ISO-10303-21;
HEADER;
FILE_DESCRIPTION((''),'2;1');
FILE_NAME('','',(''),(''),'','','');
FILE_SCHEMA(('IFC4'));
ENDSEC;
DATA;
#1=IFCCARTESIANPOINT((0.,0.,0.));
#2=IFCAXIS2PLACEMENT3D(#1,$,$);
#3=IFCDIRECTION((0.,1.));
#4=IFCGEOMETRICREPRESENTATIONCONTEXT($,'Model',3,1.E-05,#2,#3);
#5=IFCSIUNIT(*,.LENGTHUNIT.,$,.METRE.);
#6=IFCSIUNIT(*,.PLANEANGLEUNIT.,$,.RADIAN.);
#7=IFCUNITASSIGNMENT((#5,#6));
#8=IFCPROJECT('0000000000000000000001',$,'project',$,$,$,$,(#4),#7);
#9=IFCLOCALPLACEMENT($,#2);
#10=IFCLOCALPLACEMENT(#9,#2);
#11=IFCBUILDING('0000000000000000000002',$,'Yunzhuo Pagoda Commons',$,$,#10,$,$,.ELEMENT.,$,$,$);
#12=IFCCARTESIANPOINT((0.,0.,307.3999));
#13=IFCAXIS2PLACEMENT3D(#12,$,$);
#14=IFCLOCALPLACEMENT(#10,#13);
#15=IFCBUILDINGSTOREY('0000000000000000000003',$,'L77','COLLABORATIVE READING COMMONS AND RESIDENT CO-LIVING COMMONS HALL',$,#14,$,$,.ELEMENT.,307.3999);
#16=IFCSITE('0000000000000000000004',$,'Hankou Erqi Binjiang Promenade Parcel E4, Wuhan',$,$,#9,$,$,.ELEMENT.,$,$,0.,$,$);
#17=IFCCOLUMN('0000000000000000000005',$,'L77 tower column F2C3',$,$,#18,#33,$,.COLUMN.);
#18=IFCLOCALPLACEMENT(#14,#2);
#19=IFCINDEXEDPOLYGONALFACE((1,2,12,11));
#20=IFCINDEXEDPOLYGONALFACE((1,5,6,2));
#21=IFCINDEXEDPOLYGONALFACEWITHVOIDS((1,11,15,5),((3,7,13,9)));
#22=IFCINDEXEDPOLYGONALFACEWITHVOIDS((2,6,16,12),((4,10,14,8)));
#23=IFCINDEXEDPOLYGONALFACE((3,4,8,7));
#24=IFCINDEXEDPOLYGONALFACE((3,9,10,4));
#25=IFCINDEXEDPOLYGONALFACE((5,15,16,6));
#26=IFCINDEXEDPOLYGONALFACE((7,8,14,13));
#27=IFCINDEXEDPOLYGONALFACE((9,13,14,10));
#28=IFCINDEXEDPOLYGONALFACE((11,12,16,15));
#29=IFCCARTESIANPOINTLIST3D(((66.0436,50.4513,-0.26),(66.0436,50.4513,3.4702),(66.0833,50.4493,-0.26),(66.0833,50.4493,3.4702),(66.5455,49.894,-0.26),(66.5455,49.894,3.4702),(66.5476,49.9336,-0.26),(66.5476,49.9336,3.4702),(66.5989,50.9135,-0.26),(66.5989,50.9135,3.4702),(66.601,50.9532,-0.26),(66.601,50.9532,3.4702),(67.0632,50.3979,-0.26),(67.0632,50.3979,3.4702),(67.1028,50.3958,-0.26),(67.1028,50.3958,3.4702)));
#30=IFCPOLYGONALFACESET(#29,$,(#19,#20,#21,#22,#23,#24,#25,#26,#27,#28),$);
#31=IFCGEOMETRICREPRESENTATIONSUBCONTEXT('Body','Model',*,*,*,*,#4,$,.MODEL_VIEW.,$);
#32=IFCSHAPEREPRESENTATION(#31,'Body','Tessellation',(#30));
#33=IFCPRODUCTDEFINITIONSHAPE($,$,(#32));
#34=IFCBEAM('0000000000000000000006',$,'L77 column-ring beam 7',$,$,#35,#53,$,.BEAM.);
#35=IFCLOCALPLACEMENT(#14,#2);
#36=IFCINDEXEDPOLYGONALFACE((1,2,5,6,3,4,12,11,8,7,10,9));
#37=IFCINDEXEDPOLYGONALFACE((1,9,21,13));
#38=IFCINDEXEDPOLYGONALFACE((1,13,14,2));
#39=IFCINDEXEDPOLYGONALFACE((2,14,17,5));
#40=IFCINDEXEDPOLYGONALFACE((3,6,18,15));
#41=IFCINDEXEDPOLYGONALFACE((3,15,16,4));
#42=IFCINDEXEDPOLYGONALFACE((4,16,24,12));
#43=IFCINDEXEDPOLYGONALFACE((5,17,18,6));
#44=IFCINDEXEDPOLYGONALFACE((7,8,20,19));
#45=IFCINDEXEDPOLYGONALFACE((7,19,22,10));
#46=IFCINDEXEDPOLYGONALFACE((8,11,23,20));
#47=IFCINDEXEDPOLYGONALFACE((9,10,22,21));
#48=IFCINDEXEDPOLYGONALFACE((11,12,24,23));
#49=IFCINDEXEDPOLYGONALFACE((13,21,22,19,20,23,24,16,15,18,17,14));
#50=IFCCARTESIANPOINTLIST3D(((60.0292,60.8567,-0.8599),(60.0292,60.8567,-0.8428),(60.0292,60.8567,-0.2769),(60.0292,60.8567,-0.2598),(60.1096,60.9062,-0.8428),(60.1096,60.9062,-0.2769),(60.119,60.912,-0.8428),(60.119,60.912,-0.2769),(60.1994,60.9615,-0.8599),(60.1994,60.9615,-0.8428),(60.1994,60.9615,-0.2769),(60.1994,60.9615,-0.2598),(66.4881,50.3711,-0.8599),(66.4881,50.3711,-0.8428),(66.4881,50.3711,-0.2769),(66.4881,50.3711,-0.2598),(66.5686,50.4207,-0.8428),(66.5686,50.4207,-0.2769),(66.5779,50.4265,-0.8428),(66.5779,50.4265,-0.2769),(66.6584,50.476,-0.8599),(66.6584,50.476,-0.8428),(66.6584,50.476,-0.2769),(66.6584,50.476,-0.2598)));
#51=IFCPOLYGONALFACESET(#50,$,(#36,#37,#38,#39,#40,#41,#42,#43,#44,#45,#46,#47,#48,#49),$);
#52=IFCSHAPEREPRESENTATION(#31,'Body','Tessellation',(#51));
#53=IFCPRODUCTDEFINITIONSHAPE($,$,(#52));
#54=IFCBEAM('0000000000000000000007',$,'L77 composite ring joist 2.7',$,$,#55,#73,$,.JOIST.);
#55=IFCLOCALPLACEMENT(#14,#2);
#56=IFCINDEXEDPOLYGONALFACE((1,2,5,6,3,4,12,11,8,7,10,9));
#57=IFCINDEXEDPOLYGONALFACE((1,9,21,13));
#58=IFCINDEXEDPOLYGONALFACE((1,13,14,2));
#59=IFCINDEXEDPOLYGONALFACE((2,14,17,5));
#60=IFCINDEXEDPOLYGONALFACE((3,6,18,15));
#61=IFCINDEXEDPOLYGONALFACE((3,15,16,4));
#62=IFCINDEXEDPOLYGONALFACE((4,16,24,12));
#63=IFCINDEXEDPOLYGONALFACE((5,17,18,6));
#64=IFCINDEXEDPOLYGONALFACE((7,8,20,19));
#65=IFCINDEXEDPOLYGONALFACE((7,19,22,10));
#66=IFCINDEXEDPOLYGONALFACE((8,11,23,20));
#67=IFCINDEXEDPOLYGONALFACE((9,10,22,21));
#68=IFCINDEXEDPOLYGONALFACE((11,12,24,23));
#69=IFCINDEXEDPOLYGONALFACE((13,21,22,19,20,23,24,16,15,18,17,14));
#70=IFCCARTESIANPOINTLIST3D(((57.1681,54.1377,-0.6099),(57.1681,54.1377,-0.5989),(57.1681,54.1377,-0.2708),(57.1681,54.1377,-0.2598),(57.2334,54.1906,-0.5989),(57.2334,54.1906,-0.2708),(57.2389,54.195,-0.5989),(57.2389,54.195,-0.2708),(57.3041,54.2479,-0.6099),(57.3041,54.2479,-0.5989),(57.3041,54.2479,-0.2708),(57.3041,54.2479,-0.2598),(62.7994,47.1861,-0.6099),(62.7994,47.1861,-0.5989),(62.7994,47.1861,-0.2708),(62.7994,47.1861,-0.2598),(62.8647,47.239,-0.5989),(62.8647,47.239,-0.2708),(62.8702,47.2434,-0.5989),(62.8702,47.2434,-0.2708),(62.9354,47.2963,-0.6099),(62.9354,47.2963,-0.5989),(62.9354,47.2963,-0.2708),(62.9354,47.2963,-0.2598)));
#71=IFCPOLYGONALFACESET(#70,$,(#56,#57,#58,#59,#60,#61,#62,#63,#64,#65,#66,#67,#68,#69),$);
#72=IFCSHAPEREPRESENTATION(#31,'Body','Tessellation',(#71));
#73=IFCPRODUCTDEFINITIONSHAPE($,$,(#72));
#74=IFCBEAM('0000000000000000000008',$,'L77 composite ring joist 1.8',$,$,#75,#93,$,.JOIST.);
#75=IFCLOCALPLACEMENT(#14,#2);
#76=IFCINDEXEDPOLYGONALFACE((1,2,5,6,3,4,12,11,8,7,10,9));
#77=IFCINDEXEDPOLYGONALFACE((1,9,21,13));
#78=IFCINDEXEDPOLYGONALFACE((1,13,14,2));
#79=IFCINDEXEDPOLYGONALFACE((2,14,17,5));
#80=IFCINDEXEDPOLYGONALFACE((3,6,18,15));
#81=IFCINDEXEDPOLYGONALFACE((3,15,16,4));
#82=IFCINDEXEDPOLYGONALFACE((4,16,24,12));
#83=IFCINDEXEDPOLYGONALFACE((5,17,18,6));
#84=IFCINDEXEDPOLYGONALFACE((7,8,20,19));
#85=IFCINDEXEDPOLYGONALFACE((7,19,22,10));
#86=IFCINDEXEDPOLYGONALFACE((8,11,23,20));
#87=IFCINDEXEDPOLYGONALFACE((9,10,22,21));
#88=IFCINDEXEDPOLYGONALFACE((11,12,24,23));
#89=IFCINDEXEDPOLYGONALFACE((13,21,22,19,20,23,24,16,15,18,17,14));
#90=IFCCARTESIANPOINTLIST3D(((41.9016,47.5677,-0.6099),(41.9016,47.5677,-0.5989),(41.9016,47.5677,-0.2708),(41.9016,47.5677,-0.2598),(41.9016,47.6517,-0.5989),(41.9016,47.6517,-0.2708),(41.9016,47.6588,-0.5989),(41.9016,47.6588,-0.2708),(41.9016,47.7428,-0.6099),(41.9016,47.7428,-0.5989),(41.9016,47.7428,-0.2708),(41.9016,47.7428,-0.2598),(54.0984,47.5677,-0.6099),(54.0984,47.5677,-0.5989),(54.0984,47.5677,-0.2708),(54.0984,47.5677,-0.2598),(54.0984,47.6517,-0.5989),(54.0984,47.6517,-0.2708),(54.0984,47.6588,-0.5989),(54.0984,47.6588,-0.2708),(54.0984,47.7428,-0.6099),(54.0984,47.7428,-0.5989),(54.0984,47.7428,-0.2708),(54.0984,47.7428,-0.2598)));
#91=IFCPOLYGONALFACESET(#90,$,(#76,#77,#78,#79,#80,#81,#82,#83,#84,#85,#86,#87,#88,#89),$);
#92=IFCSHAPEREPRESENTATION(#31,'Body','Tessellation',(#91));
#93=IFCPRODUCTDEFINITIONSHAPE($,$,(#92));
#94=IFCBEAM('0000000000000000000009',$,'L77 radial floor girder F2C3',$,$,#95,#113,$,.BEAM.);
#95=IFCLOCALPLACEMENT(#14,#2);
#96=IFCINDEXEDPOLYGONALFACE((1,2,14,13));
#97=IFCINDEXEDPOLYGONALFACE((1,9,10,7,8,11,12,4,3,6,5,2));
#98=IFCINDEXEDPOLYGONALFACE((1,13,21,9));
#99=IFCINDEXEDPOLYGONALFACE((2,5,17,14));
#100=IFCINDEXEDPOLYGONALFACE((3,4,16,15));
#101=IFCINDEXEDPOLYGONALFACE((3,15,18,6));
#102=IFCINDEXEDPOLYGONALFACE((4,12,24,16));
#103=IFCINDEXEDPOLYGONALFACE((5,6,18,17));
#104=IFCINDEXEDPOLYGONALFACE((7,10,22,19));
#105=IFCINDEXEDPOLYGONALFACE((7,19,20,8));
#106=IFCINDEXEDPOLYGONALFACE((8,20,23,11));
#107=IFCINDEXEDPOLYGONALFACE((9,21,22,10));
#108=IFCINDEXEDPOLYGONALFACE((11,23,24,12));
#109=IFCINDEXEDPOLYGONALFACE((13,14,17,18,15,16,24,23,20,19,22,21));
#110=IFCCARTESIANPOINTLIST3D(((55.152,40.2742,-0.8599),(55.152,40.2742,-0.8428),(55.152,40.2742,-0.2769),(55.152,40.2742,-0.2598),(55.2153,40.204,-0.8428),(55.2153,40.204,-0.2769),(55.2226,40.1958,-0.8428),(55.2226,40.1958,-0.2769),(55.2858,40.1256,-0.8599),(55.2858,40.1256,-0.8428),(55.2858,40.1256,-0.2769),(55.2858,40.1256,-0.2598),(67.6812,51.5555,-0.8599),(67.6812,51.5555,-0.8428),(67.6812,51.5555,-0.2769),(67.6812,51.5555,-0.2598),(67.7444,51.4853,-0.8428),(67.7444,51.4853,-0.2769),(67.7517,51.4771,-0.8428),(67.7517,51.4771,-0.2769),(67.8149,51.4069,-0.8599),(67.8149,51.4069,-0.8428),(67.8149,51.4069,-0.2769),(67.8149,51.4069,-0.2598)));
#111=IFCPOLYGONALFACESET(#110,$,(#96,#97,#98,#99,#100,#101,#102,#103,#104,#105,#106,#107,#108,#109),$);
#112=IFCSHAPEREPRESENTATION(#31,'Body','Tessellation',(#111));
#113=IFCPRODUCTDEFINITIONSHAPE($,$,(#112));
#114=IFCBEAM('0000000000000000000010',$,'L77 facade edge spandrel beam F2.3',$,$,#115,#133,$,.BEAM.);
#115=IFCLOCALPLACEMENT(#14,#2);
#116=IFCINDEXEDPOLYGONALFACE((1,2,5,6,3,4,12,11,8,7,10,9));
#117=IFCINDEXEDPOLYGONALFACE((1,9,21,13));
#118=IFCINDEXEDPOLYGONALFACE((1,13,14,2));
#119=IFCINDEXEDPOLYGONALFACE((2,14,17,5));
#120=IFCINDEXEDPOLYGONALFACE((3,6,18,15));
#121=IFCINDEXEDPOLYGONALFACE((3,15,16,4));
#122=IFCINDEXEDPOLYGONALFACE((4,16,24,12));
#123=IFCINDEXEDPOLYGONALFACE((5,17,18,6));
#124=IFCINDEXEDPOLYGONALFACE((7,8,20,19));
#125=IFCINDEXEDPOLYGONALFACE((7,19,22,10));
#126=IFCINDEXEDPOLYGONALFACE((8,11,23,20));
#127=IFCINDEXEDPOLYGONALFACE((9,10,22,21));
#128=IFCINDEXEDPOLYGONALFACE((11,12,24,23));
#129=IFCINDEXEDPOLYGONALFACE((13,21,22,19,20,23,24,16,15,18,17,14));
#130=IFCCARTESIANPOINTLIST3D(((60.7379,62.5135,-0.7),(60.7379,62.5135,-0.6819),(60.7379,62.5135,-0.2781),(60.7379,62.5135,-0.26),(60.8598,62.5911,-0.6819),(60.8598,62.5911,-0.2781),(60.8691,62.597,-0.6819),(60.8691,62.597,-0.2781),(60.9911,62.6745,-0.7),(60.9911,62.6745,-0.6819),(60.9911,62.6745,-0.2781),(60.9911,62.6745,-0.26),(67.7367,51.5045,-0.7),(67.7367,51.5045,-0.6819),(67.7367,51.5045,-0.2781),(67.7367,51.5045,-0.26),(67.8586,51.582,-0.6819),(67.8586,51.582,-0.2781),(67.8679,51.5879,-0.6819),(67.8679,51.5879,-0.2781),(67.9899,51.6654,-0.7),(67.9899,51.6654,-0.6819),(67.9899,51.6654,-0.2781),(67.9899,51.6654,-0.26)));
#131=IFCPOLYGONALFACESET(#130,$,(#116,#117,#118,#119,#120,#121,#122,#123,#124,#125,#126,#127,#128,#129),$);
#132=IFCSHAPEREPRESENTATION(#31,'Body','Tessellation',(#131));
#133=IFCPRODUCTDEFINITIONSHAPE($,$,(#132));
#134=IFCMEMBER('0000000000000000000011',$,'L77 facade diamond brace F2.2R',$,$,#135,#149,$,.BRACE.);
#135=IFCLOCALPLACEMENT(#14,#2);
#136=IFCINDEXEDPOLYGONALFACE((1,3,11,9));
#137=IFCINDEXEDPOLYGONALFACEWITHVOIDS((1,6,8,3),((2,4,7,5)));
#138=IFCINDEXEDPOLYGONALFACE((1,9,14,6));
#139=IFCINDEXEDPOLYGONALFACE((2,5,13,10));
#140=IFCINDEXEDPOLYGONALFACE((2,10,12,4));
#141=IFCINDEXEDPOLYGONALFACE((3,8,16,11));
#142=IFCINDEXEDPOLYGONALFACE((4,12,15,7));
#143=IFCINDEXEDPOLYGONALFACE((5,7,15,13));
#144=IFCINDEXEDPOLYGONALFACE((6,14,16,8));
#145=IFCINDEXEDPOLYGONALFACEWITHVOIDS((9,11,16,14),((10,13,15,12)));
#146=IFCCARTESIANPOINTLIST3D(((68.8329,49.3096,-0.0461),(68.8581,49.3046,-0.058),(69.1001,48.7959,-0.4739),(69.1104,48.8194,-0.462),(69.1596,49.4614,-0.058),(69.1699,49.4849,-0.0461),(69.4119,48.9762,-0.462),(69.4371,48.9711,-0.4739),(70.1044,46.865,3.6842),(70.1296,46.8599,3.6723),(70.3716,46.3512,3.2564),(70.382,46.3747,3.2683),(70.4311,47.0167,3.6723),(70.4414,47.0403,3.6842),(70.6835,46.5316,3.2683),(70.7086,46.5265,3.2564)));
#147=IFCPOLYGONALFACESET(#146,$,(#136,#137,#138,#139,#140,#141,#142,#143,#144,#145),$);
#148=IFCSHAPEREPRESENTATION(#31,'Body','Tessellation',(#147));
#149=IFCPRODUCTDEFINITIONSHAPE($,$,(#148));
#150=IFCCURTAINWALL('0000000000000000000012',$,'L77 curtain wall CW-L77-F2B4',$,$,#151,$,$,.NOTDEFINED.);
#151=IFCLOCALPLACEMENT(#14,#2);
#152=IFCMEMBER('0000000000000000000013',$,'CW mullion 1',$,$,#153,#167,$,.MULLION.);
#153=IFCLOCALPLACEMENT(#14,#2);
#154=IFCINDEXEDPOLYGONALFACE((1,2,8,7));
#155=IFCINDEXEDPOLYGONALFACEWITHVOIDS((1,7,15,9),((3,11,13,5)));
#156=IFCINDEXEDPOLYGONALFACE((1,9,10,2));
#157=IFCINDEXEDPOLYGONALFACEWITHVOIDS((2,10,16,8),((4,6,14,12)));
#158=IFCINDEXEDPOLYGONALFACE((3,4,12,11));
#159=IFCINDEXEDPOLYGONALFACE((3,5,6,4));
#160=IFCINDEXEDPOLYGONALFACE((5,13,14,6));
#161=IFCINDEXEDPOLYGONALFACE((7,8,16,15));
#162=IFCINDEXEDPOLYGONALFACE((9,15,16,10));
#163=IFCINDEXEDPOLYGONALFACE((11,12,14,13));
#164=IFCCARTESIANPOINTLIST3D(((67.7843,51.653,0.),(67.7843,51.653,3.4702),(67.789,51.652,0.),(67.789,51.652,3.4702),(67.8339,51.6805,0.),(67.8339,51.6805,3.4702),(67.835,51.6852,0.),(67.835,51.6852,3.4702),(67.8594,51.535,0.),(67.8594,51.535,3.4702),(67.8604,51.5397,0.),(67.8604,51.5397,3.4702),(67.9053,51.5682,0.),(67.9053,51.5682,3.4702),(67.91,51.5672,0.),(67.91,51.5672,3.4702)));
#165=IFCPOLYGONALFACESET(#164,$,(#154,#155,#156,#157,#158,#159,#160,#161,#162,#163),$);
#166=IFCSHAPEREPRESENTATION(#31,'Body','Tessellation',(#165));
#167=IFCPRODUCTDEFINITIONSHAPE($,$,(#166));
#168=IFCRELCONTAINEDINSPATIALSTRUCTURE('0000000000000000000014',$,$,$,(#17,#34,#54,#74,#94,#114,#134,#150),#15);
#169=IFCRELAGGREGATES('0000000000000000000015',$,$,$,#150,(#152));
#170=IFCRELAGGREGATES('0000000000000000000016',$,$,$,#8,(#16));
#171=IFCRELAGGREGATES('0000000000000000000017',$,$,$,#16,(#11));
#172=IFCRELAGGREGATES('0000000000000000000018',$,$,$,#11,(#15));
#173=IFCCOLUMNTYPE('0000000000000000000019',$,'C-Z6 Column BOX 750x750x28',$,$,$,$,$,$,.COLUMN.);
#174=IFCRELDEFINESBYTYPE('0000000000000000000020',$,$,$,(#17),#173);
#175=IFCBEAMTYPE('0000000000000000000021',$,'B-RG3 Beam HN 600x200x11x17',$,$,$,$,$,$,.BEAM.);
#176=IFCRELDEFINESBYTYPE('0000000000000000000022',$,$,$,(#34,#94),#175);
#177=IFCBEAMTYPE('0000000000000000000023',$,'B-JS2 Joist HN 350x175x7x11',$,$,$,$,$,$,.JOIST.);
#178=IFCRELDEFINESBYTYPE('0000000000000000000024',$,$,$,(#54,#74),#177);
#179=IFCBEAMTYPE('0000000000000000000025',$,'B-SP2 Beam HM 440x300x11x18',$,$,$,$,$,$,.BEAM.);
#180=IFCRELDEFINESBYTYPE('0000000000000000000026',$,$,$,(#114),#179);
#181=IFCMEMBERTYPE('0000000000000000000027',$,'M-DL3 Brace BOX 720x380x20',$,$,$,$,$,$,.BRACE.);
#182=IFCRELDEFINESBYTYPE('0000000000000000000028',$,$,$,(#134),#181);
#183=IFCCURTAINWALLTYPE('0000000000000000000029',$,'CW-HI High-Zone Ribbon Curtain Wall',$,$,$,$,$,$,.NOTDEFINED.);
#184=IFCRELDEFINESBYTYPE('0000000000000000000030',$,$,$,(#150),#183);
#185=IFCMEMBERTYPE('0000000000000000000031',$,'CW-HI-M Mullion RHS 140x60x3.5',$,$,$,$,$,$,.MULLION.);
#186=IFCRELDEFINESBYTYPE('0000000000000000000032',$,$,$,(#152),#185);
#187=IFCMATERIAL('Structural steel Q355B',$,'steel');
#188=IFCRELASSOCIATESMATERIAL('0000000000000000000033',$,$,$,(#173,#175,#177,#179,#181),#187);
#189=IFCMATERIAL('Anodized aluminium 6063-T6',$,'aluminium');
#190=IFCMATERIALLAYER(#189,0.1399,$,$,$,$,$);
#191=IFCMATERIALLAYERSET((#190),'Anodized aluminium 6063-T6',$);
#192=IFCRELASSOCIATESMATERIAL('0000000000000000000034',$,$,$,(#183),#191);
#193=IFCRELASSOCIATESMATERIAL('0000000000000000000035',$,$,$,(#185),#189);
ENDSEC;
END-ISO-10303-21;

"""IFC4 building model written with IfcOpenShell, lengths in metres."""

from ifc_helpers import new_model, si_unit, direction, frame, origin, origin_2d, place, context, subcontext, project, spatial, hollow_rectangle, i_section, extrude, source, transform, mapped, material, layer, layer_set, material_profile, profile_set, type_object, element, aggregate, save


model = new_model("IFC4")

# Units and contexts
model_context = context("Model", 3, precision=1e-05, world=origin(), true_north=direction((0.0, 1.0)))
body_context = subcontext(model_context, "Body", "Model", "MODEL_VIEW")
ifc_project = project(units=[si_unit("LENGTHUNIT", "METRE"), si_unit("PLANEANGLEUNIT", "RADIAN")], contexts=[model_context])

# Site, building, storey
site_placement = place(None, origin())
site = spatial("IfcSite", under=ifc_project, at=site_placement, Name="Hankou Erqi Binjiang Promenade Parcel E4, Wuhan", CompositionType="ELEMENT", RefElevation=0.0)
building_placement = place(site_placement, origin())
building = spatial("IfcBuilding", under=site, at=building_placement, Name="Yunzhuo Pagoda Commons", CompositionType="ELEMENT")
storey_placement = place(building_placement, frame((0.0, 0.0, 307.3999)))
storey = spatial("IfcBuildingStorey", under=building, at=storey_placement, Name="L77", Description="COLLABORATIVE READING COMMONS AND RESIDENT CO-LIVING COMMONS HALL", CompositionType="ELEMENT", Elevation=307.3999)

# Column
ifc_material_1 = material(Name="Structural steel Q355B", Category="steel")
ifc_material_profile_1 = material_profile(ifc_material_1, hollow_rectangle(XDim=0.75, YDim=0.75, WallThickness=0.0281, at=origin_2d()), Name="Structural steel Q355B")
ifc_profile_set_1 = profile_set([ifc_material_profile_1], Name="Structural steel Q355B")
column_type = type_object("IfcColumnType", Name="C-Z6 Column BOX 750x750x28", PredefinedType="COLUMN", material=ifc_profile_set_1)
shared_shape_1 = source(origin(), body_context, "Body", "SweptSolid", [
    extrude(hollow_rectangle(XDim=0.75, YDim=0.75, WallThickness=0.0281, at=origin_2d()), origin(), (0.0, 0.0, 1.0), 3.7302),
])
column_placement = place(storey_placement, frame((66.5732, 50.4236, -0.26), z_axis=(0.0, 0.0, 1.0), x_axis=(-0.669131, 0.743145, 0.0)))
element("IfcColumn", 1, at=column_placement, inside=storey, type_object=column_type, Name="L77 tower column F2C3", PredefinedType="COLUMN", context=body_context, shape_type="MappedRepresentation", body=[
    mapped(shared_shape_1, transform((0.0, 0.0, 0.0), scale=1.0)),
])

# Beams
ifc_material_profile_2 = material_profile(ifc_material_1, i_section(OverallWidth=0.2, OverallDepth=0.6001, WebThickness=0.011, FlangeThickness=0.0171, at=origin_2d()), Name="Structural steel Q355B")
ifc_profile_set_2 = profile_set([ifc_material_profile_2], Name="Structural steel Q355B")
beam_type_1 = type_object("IfcBeamType", Name="B-RG3 Beam HN 600x200x11x17", PredefinedType="BEAM", material=ifc_profile_set_2)
shared_shape_2 = source(origin(), body_context, "Body", "SweptSolid", [
    extrude(i_section(OverallWidth=0.2, OverallDepth=0.6001, WebThickness=0.011, FlangeThickness=0.0171, at=origin_2d()), origin(), (0.0, 0.0, 1.0), 12.3152),
])
beam_1_placement = place(storey_placement, frame((66.5732, 50.4236, -0.5598), z_axis=(-0.524469, 0.85143, 0.0), x_axis=(-0.85143, -0.524469, 0.0)))
element("IfcBeam", 2, at=beam_1_placement, inside=storey, type_object=beam_type_1, Name="L77 column-ring beam 7", PredefinedType="BEAM", context=body_context, shape_type="MappedRepresentation", body=[
    mapped(shared_shape_2, transform((0.0, 0.0, 0.0), scale=1.0)),
])
ifc_material_profile_3 = material_profile(ifc_material_1, i_section(OverallWidth=0.175, OverallDepth=0.3501, WebThickness=0.0071, FlangeThickness=0.011, at=origin_2d()), Name="Structural steel Q355B")
ifc_profile_set_3 = profile_set([ifc_material_profile_3], Name="Structural steel Q355B")
beam_type_2 = type_object("IfcBeamType", Name="B-JS2 Joist HN 350x175x7x11", PredefinedType="JOIST", material=ifc_profile_set_3)
shared_shape_3 = source(origin(), body_context, "Body", "SweptSolid", [
    extrude(i_section(OverallWidth=0.175, OverallDepth=0.3501, WebThickness=0.0071, FlangeThickness=0.011, at=origin_2d()), origin(), (0.0, 0.0, 1.0), 8.9463),
])
beam_2_placement = place(storey_placement, frame((62.8674, 47.2412, -0.4348), z_axis=(-0.629456, 0.777036, 0.0), x_axis=(-0.777036, -0.629456, 0.0)))
element("IfcBeam", 3, at=beam_2_placement, inside=storey, type_object=beam_type_2, Name="L77 composite ring joist 2.7", PredefinedType="JOIST", context=body_context, shape_type="MappedRepresentation", body=[
    mapped(shared_shape_3, transform((0.0, 0.0, 0.0), scale=1.0)),
])
shared_shape_4 = source(origin(), body_context, "Body", "SweptSolid", [
    extrude(i_section(OverallWidth=0.175, OverallDepth=0.3501, WebThickness=0.0071, FlangeThickness=0.011, at=origin_2d()), origin(), (0.0, 0.0, 1.0), 12.1968),
])
beam_3_placement = place(storey_placement, frame((54.0984, 47.6553, -0.4348), z_axis=(-1.0, 0.0, 0.0), x_axis=(0.0, -1.0, 0.0)))
element("IfcBeam", 4, at=beam_3_placement, inside=storey, type_object=beam_type_2, Name="L77 composite ring joist 1.8", PredefinedType="JOIST", context=body_context, shape_type="MappedRepresentation", body=[
    mapped(shared_shape_4, transform((0.0, 0.0, 0.0), scale=1.0)),
])
shared_shape_5 = source(origin(), body_context, "Body", "SweptSolid", [
    extrude(i_section(OverallWidth=0.2, OverallDepth=0.6001, WebThickness=0.011, FlangeThickness=0.0171, at=origin_2d()), origin(), (0.0, 0.0, 1.0), 16.8596),
])
beam_4_placement = place(storey_placement, frame((67.748, 51.4812, -0.5598), z_axis=(-0.743144, -0.669132, 0.0), x_axis=(0.669132, -0.743144, 0.0)))
element("IfcBeam", 5, at=beam_4_placement, inside=storey, type_object=beam_type_1, Name="L77 radial floor girder F2C3", PredefinedType="BEAM", context=body_context, shape_type="MappedRepresentation", body=[
    mapped(shared_shape_5, transform((0.0, 0.0, 0.0), scale=1.0)),
])
ifc_material_profile_4 = material_profile(ifc_material_1, i_section(OverallWidth=0.3, OverallDepth=0.4399, WebThickness=0.011, FlangeThickness=0.0181, at=origin_2d()), Name="Structural steel Q355B")
ifc_profile_set_4 = profile_set([ifc_material_profile_4], Name="Structural steel Q355B")
beam_type_3 = type_object("IfcBeamType", Name="B-SP2 Beam HM 440x300x11x18", PredefinedType="BEAM", material=ifc_profile_set_4)
shared_shape_6 = source(origin(), body_context, "Body", "SweptSolid", [
    extrude(i_section(OverallWidth=0.3, OverallDepth=0.4399, WebThickness=0.011, FlangeThickness=0.0181, at=origin_2d()), origin(), (0.0, 0.0, 1.0), 13.0454),
])
beam_5_placement = place(storey_placement, frame((67.8633, 51.585, -0.48), z_axis=(-0.536495, 0.843903, 0.0), x_axis=(-0.843903, -0.536495, 0.0)))
element("IfcBeam", 6, at=beam_5_placement, inside=storey, type_object=beam_type_3, Name="L77 facade edge spandrel beam F2.3", PredefinedType="BEAM", context=body_context, shape_type="MappedRepresentation", body=[
    mapped(shared_shape_6, transform((0.0, 0.0, 0.0), scale=1.0)),
])

# Member
ifc_material_profile_5 = material_profile(ifc_material_1, hollow_rectangle(XDim=0.3799, YDim=0.72, WallThickness=0.02, at=origin_2d()), Name="Structural steel Q355B")
ifc_profile_set_5 = profile_set([ifc_material_profile_5], Name="Structural steel Q355B")
member_type_1 = type_object("IfcMemberType", Name="M-DL3 Brace BOX 720x380x20", PredefinedType="BRACE", material=ifc_profile_set_5)
shared_shape_7 = source(origin(), body_context, "Body", "SweptSolid", [
    extrude(hollow_rectangle(XDim=0.3799, YDim=0.72, WallThickness=0.02, at=origin_2d()), origin(), (0.0, 0.0, 1.0), 4.6377),
])
member_1_placement = place(storey_placement, frame((69.135, 49.1404, -0.26), z_axis=(0.274169, -0.527123, 0.804346), x_axis=(0.887172, 0.461439, 0.0)))
element("IfcMember", 7, at=member_1_placement, inside=storey, type_object=member_type_1, Name="L77 facade diamond brace F2.2R", PredefinedType="BRACE", context=body_context, shape_type="MappedRepresentation", body=[
    mapped(shared_shape_7, transform((0.0, 0.0, 0.0), scale=1.0)),
])

# Curtain wall, member
ifc_material_2 = material(Name="Anodized aluminium 6063-T6", Category="aluminium")
ifc_layer_1 = layer(ifc_material_2, 0.1399)
ifc_layer_set_1 = layer_set([ifc_layer_1], Name="Anodized aluminium 6063-T6")
curtain_wall_type = type_object("IfcCurtainWallType", Name="CW-HI High-Zone Ribbon Curtain Wall", PredefinedType="NOTDEFINED", material=ifc_layer_set_1)
curtain_wall_1_placement = place(storey_placement, origin())
curtain_wall_1 = element("IfcCurtainWall", 8, at=curtain_wall_1_placement, inside=storey, type_object=curtain_wall_type, Name="L77 curtain wall CW-L77-F2B4", PredefinedType="NOTDEFINED")
ifc_material_profile_6 = material_profile(ifc_material_2, hollow_rectangle(XDim=0.0601, YDim=0.1399, WallThickness=0.0034, at=origin_2d()), Name="Anodized aluminium 6063-T6")
ifc_profile_set_6 = profile_set([ifc_material_profile_6], Name="Anodized aluminium 6063-T6")
member_type_2 = type_object("IfcMemberType", Name="CW-HI-M Mullion RHS 140x60x3.5", PredefinedType="MULLION", material=ifc_profile_set_6)
shared_shape_8 = source(origin(), body_context, "Body", "SweptSolid", [
    extrude(hollow_rectangle(XDim=0.0601, YDim=0.1399, WallThickness=0.0034, at=origin_2d()), origin(), (0.0, 0.0, 1.0), 3.4702),
])
member_2_placement = place(storey_placement, frame((67.8472, 51.6101, 0.0), z_axis=(0.0, 0.0, 1.0), x_axis=(-0.84391, -0.536485, 0.0)))
member_2 = element("IfcMember", 9, at=member_2_placement, type_object=member_type_2, Name="CW mullion 1", PredefinedType="MULLION", context=body_context, shape_type="MappedRepresentation", body=[
    mapped(shared_shape_8, transform((0.0, 0.0, 0.0), scale=1.0)),
])

aggregate(curtain_wall_1, [member_2])

save(model, "model.ifc")
